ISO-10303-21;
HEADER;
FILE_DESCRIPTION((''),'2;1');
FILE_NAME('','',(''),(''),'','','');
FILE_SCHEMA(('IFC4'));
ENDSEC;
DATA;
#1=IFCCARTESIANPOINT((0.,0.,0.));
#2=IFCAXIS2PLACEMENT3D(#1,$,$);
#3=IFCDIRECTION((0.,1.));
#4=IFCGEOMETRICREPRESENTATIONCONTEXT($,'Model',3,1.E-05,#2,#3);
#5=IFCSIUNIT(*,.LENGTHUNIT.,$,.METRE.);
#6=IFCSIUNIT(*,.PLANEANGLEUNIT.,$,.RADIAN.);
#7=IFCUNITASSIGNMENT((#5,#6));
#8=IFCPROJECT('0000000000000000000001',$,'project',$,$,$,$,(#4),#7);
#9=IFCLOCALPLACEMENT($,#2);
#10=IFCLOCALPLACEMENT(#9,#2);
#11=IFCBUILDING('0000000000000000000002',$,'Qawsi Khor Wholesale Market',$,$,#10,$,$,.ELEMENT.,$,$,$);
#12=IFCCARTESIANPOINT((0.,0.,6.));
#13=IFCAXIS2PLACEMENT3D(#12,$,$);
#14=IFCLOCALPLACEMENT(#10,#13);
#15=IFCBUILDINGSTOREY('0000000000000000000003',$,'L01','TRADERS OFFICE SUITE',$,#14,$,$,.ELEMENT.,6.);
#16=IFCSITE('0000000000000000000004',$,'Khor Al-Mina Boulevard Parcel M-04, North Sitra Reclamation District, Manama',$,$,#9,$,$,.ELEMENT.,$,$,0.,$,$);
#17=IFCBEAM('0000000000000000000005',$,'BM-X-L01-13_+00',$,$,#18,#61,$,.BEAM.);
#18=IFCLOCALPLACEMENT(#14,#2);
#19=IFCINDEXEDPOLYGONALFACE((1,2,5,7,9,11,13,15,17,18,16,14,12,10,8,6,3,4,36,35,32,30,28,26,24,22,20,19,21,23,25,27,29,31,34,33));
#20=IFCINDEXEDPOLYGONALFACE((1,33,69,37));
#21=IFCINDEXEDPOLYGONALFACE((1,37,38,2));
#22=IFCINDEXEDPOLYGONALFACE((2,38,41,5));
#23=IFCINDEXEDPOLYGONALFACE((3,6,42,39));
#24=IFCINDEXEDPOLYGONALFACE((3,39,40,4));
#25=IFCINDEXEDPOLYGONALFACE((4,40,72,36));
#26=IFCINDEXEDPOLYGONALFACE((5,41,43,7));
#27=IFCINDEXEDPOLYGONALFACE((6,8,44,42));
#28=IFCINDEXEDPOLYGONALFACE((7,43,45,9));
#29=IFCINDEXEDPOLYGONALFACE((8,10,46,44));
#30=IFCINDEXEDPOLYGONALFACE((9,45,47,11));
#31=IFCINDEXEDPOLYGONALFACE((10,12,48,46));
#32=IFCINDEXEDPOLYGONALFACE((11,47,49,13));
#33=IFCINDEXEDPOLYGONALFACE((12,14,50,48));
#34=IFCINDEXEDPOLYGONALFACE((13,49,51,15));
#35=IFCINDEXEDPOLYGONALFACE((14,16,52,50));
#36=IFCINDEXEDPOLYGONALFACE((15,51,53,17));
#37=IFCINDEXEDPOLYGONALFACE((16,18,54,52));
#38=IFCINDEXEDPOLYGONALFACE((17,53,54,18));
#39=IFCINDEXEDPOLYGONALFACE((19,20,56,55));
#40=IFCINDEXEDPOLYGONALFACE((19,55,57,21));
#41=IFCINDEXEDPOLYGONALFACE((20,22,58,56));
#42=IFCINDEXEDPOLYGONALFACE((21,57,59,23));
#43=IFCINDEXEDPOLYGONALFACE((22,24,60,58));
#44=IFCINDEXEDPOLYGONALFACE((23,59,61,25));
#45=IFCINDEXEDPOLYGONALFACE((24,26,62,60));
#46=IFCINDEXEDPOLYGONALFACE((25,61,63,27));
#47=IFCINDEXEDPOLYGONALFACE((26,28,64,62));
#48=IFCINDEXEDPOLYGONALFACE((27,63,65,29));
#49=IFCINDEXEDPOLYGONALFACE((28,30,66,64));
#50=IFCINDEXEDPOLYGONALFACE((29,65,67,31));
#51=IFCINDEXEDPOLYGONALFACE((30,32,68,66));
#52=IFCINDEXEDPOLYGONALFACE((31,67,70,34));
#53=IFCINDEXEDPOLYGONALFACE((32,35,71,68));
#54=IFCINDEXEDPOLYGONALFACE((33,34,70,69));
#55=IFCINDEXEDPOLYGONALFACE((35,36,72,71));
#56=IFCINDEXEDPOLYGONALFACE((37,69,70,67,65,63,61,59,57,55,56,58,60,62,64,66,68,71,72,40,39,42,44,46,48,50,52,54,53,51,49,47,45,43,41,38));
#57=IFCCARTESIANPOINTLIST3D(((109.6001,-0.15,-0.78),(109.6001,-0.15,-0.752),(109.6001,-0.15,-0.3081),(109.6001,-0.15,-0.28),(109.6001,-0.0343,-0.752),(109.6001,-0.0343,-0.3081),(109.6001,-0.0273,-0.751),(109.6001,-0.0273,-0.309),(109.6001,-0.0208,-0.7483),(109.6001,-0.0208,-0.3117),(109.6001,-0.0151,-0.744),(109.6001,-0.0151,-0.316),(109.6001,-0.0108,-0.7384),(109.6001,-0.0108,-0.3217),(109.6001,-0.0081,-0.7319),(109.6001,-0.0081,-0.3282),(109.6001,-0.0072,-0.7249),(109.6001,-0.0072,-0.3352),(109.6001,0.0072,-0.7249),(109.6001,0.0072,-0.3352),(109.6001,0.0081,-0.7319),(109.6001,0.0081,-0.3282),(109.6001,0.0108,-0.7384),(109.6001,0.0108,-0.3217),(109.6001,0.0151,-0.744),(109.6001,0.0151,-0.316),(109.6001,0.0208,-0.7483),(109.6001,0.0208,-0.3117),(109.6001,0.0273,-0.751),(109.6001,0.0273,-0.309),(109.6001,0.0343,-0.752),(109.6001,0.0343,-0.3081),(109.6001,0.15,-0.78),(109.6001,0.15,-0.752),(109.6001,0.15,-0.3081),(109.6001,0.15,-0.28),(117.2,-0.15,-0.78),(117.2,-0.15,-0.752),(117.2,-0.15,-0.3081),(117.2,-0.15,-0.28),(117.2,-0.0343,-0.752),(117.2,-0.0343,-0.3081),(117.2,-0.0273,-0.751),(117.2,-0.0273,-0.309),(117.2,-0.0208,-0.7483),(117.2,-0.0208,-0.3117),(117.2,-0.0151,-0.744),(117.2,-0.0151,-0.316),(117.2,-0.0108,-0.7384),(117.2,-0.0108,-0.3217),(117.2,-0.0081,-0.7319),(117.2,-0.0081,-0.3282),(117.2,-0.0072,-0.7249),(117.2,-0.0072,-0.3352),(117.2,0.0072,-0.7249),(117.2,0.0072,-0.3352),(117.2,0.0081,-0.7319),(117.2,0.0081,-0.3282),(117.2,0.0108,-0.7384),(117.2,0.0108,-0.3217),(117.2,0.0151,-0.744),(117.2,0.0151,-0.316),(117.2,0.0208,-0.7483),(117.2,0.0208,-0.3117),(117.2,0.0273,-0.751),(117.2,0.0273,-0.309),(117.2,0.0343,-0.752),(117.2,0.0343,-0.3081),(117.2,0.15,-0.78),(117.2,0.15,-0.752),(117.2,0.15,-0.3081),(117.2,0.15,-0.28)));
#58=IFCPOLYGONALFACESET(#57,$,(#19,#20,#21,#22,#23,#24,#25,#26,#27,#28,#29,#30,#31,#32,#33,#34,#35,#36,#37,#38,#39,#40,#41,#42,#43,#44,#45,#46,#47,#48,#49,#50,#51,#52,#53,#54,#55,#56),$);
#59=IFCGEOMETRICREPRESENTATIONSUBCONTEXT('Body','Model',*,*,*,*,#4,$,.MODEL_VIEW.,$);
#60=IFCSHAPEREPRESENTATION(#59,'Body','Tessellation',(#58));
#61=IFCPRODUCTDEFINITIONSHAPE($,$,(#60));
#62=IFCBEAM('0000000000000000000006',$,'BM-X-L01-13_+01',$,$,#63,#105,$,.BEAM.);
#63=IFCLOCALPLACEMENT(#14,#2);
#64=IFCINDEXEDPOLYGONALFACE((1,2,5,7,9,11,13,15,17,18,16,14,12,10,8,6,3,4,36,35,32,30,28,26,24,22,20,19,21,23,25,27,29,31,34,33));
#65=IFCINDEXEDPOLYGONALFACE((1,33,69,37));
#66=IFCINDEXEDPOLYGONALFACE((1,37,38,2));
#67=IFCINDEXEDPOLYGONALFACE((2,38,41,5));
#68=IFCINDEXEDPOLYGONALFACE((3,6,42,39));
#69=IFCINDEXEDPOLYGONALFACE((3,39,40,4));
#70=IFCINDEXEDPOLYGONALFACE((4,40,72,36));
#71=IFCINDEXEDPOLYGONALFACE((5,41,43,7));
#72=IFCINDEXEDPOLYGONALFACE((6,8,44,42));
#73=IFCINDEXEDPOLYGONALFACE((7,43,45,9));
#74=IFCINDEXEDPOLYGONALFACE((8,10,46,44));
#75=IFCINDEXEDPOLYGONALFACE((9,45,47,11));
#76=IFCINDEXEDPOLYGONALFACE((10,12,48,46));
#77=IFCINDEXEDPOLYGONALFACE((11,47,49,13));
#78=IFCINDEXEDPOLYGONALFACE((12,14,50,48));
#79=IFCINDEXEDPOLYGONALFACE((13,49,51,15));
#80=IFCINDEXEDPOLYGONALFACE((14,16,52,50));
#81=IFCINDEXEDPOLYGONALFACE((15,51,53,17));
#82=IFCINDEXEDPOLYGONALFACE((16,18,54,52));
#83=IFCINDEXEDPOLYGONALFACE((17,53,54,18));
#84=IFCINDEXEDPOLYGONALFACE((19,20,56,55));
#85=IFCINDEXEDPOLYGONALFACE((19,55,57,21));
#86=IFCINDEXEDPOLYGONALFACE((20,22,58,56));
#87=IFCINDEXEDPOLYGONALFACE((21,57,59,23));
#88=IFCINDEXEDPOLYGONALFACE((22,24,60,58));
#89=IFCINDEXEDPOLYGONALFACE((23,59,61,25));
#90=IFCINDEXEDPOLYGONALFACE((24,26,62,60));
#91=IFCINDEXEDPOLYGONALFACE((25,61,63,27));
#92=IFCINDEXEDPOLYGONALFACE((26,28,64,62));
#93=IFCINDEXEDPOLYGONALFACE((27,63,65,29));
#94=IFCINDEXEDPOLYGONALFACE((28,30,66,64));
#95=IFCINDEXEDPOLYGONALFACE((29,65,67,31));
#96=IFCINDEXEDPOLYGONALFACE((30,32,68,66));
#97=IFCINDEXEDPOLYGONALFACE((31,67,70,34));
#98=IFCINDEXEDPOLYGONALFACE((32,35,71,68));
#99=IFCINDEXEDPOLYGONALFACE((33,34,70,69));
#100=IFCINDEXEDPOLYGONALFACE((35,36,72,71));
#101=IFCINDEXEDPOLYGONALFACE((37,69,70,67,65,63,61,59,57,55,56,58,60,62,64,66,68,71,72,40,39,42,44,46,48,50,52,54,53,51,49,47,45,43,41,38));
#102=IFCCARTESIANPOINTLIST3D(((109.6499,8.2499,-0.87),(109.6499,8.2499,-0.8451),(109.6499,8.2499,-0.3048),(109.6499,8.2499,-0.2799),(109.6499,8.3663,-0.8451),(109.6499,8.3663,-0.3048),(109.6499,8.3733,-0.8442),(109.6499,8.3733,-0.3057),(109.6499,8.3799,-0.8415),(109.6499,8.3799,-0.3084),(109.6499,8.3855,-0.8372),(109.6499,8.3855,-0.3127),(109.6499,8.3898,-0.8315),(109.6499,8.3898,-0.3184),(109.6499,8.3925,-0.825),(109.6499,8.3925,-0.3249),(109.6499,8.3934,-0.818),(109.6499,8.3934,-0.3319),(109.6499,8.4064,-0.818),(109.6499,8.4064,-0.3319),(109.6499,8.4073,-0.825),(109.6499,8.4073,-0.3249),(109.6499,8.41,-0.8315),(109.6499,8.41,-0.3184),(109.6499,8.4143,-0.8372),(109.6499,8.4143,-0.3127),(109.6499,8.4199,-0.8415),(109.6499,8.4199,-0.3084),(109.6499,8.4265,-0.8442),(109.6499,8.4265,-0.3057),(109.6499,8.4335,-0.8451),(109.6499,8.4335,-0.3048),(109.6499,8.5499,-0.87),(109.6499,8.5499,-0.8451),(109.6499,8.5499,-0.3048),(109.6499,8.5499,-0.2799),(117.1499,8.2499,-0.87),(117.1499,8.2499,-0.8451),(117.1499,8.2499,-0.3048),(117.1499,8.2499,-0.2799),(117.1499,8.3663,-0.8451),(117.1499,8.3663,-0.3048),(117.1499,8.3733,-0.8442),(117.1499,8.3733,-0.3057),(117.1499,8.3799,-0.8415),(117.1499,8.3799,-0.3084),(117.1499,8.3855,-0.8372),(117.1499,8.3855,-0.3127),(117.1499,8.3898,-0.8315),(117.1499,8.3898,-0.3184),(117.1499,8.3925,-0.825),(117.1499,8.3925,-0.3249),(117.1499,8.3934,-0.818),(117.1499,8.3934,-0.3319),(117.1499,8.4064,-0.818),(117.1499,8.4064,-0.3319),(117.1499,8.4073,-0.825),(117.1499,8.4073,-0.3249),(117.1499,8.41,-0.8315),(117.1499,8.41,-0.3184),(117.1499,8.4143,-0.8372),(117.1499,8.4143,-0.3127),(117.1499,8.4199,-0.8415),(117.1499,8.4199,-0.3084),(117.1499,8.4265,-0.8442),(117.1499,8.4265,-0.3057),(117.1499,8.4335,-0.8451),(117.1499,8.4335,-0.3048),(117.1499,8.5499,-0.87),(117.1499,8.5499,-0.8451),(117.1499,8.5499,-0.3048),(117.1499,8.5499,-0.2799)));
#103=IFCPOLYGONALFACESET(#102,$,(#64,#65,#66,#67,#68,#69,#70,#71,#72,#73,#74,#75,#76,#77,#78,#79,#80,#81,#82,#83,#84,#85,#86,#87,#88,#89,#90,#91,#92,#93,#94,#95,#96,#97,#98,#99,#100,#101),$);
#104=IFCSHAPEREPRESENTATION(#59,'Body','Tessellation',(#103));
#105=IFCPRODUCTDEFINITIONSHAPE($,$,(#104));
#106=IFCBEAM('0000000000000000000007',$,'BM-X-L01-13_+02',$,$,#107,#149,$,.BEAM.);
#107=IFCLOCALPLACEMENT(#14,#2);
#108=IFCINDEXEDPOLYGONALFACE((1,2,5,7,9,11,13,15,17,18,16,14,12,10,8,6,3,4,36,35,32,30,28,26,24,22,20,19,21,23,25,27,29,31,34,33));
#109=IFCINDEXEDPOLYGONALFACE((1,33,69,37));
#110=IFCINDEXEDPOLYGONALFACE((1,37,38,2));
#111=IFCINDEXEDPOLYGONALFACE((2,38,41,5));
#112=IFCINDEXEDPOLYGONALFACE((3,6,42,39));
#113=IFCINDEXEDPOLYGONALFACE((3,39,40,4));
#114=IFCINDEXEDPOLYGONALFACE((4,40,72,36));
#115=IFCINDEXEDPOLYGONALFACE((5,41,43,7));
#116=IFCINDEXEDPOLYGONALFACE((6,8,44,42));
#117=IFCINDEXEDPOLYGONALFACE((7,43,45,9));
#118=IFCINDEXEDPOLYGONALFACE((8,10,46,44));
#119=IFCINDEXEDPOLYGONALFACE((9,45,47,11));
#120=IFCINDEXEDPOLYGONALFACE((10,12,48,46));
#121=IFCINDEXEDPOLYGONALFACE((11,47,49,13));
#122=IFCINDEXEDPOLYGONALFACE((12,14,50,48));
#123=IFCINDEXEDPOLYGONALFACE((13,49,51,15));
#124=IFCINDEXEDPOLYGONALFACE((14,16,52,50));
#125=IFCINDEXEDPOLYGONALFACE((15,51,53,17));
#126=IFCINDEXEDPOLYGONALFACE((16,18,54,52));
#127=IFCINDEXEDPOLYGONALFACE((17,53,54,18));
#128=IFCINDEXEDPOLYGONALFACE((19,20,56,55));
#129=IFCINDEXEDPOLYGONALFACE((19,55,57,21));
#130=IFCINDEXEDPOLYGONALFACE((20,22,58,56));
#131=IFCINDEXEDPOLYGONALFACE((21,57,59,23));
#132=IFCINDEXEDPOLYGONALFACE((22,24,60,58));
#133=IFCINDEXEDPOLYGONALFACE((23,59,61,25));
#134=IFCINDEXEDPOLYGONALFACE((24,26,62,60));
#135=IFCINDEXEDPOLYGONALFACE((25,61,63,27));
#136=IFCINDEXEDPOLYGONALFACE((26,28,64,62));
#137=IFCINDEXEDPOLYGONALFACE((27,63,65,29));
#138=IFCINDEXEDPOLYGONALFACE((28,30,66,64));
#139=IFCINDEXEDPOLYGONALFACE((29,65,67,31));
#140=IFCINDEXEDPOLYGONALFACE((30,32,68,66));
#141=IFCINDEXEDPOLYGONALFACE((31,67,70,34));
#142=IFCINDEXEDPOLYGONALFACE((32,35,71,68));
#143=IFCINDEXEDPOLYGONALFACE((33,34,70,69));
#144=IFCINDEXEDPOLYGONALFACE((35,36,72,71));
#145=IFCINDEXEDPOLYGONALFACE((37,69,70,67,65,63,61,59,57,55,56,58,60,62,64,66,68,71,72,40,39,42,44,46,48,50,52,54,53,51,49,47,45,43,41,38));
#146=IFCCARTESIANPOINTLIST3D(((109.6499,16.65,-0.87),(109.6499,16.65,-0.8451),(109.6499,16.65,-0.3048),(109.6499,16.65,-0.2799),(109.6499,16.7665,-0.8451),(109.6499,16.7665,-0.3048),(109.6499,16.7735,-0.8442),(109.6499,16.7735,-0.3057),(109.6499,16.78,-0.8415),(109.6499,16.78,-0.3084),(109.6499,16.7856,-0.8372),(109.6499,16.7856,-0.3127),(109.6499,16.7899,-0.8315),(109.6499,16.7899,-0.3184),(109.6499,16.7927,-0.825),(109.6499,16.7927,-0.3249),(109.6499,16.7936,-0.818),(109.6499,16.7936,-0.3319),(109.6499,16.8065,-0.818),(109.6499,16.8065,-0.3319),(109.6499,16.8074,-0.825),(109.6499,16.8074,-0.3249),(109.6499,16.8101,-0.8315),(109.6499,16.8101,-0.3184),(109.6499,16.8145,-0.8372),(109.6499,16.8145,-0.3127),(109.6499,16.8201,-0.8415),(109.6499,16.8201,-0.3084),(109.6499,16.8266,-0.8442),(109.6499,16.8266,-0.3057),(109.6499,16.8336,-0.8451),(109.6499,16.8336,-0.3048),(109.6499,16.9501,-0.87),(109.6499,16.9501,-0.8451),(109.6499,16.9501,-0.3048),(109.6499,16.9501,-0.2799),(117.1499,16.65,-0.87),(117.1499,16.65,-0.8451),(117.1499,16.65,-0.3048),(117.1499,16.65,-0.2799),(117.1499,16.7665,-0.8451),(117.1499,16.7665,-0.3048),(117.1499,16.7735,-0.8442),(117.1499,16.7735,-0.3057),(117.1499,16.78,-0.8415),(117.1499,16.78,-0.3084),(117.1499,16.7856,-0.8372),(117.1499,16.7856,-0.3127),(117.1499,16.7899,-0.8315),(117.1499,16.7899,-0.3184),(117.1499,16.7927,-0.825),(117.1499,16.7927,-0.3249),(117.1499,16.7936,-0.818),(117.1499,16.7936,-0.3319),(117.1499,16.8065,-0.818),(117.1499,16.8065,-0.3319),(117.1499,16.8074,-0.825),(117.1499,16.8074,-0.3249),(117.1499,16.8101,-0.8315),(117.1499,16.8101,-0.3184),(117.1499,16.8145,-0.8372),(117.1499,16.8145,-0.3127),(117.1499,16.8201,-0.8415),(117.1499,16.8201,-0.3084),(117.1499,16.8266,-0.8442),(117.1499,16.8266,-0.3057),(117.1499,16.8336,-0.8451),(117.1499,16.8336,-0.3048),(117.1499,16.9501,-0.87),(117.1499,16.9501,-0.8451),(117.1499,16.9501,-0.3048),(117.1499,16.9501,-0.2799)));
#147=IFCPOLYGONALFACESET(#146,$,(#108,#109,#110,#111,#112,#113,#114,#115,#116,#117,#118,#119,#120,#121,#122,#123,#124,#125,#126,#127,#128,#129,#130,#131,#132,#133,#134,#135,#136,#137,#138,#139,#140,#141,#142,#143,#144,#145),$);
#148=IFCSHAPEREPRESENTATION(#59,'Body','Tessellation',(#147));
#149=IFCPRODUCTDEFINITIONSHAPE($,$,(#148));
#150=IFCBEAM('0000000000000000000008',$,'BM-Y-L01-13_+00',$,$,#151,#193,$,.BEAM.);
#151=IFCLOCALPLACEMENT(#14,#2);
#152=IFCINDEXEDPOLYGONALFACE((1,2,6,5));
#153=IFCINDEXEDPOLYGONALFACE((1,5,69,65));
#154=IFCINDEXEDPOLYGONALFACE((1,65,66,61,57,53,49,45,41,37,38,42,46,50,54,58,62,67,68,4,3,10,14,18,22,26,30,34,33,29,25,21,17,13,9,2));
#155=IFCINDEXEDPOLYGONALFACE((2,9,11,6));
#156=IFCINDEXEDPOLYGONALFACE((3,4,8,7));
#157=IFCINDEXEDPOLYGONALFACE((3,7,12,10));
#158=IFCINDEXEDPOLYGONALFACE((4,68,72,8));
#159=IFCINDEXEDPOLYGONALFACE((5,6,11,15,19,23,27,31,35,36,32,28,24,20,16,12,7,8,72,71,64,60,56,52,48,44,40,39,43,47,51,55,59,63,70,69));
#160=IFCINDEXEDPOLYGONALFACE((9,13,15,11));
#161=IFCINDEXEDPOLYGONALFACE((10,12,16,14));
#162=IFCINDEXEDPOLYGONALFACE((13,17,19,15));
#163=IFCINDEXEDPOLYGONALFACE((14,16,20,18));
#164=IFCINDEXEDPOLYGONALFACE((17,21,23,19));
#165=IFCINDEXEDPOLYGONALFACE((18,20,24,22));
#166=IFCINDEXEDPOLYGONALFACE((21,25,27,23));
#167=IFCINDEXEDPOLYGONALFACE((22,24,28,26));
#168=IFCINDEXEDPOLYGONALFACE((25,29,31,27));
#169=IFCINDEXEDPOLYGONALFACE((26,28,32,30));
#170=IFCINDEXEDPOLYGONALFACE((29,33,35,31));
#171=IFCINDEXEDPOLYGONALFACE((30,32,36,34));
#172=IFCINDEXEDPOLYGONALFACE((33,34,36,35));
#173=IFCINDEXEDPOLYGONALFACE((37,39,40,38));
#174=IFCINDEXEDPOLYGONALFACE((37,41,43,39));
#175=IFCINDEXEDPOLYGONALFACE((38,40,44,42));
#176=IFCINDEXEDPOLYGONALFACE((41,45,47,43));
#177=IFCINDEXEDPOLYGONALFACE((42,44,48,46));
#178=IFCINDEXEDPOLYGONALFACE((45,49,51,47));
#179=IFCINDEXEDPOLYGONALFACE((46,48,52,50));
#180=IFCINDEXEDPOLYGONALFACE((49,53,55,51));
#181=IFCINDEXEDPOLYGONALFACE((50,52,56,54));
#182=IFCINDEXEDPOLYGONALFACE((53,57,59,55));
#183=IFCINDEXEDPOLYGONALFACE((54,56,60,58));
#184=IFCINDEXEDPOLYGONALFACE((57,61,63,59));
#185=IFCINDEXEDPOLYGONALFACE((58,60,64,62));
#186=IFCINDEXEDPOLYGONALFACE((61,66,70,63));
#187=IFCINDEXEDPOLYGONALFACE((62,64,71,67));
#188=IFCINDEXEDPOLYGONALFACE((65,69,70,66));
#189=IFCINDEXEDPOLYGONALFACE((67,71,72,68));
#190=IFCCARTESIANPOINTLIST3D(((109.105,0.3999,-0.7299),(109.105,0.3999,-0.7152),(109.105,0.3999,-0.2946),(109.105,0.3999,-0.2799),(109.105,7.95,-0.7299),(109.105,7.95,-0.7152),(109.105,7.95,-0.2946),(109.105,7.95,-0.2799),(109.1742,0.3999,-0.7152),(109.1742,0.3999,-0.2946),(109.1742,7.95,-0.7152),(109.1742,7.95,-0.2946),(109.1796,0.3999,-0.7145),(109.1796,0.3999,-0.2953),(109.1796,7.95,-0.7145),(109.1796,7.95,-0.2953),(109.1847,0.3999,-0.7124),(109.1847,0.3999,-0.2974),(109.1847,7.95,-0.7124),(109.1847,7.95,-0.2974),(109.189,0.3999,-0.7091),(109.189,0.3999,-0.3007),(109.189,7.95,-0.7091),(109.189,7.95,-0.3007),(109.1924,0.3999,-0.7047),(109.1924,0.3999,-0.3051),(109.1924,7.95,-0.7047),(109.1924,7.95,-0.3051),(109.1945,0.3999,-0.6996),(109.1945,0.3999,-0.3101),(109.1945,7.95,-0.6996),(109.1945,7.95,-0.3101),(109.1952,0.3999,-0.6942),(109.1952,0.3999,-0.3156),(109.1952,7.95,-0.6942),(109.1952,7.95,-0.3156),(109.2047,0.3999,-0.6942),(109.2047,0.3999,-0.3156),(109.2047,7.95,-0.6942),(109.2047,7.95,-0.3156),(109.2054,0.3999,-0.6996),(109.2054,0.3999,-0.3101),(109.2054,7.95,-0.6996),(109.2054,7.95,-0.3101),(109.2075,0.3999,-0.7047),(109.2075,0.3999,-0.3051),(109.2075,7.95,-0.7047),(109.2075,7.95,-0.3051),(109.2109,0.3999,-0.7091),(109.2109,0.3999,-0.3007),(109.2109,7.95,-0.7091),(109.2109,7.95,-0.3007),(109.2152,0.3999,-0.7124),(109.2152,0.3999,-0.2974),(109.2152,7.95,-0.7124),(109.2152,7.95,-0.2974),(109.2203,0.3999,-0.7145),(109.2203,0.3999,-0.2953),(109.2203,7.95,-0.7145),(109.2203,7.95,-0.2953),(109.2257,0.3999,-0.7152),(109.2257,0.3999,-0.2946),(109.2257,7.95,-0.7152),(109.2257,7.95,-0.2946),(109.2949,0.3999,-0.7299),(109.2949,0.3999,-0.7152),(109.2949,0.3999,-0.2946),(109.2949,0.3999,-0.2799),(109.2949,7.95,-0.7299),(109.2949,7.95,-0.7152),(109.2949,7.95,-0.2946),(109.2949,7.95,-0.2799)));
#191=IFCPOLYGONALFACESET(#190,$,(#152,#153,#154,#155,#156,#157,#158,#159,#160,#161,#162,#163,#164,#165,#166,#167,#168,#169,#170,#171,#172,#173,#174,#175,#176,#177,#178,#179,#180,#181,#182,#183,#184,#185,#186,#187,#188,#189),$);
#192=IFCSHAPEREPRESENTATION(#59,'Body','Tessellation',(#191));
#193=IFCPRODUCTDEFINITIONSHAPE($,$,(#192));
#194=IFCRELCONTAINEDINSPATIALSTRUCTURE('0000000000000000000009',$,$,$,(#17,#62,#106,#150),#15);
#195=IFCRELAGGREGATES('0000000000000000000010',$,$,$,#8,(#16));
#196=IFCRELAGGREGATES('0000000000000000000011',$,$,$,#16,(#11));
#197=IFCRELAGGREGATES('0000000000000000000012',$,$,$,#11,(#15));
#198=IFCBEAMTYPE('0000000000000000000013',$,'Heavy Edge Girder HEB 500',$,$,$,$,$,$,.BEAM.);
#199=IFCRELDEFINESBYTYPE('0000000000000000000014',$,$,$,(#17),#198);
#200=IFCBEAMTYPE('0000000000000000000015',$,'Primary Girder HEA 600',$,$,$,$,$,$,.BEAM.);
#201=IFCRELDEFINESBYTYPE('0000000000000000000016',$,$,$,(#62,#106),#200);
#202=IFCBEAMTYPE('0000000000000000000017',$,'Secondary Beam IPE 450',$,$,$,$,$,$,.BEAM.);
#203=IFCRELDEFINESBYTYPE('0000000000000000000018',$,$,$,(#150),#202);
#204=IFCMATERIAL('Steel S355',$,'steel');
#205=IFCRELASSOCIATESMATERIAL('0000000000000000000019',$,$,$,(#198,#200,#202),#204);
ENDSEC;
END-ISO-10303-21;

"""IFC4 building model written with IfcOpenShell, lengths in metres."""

from ifc_helpers import new_model, si_unit, direction, frame, origin, origin_2d, place, context, subcontext, project, spatial, i_section, extrude, material, material_profile, profile_set, type_object, element, save


model = new_model("IFC4")

# Units and contexts
model_context = context("Model", 3, precision=1e-05, world=origin(), true_north=direction((0.0, 1.0)))
body_context = subcontext(model_context, "Body", "Model", "MODEL_VIEW")
ifc_project = project(units=[si_unit("LENGTHUNIT", "METRE"), si_unit("PLANEANGLEUNIT", "RADIAN")], contexts=[model_context])

# Site, building, storey
site_placement = place(None, origin())
site = spatial("IfcSite", under=ifc_project, at=site_placement, Name="Khor Al-Mina Boulevard Parcel M-04, North Sitra Reclamation District, Manama", CompositionType="ELEMENT", RefElevation=0.0)
building_placement = place(site_placement, origin())
building = spatial("IfcBuilding", under=site, at=building_placement, Name="Qawsi Khor Wholesale Market", CompositionType="ELEMENT")
storey_placement = place(building_placement, frame((0.0, 0.0, 6.0)))
storey = spatial("IfcBuildingStorey", under=building, at=storey_placement, Name="L01", Description="TRADERS OFFICE SUITE", CompositionType="ELEMENT", Elevation=6.0)

# Beams
ifc_material_1 = material(Name="Steel S355", Category="steel")
ifc_material_profile_1 = material_profile(ifc_material_1, i_section(OverallWidth=0.3, OverallDepth=0.5, WebThickness=0.0144, FlangeThickness=0.0281, FilletRadius=0.0271, at=origin_2d()), Name="HEB 500")
ifc_profile_set_1 = profile_set([ifc_material_profile_1], Name="Steel S355")
beam_type_1 = type_object("IfcBeamType", Name="Heavy Edge Girder HEB 500", PredefinedType="BEAM", material=ifc_profile_set_1)
beam_1_placement = place(storey_placement, frame((109.6001, 0.0, -0.53), z_axis=(1.0, 0.0, 0.0), x_axis=(0.0, 1.0, 0.0)))
element("IfcBeam", 1, at=beam_1_placement, inside=storey, type_object=beam_type_1, Name="BM-X-L01-13_+00", PredefinedType="BEAM", context=body_context, shape_type="SweptSolid", body=[
    extrude(i_section(OverallWidth=0.3, OverallDepth=0.5, WebThickness=0.0144, FlangeThickness=0.0281, FilletRadius=0.0271, at=origin_2d()), origin(), (0.0, 0.0, 1.0), 7.5999),
])
ifc_material_profile_2 = material_profile(ifc_material_1, i_section(OverallWidth=0.3, OverallDepth=0.5901, WebThickness=0.0129, FlangeThickness=0.0249, FilletRadius=0.0271, at=origin_2d()), Name="HEA 600")
ifc_profile_set_2 = profile_set([ifc_material_profile_2], Name="Steel S355")
beam_type_2 = type_object("IfcBeamType", Name="Primary Girder HEA 600", PredefinedType="BEAM", material=ifc_profile_set_2)
for number, where, z_axis, x_axis, name in (
    (2, (109.6499, 8.3999, -0.575), (1.0, 0.0, 0.0), (0.0, 1.0, 0.0), "BM-X-L01-13_+01"),
    (3, (109.6499, 16.8, -0.575), (1.0, 0.0, 0.0), (0.0, 1.0, 0.0), "BM-X-L01-13_+02"),
):
    element("IfcBeam", number, at=place(storey_placement, frame(where, z_axis=z_axis, x_axis=x_axis)), inside=storey, type_object=beam_type_2, Name=name, PredefinedType="BEAM", context=body_context, shape_type="SweptSolid", body=[
        extrude(i_section(OverallWidth=0.3, OverallDepth=0.5901, WebThickness=0.0129, FlangeThickness=0.0249, FilletRadius=0.0271, at=origin_2d()), origin(), (0.0, 0.0, 1.0), 7.5),
    ])
ifc_material_profile_3 = material_profile(ifc_material_1, i_section(OverallWidth=0.1899, OverallDepth=0.45, WebThickness=0.0095, FlangeThickness=0.0146, FilletRadius=0.021, at=origin_2d()), Name="IPE 450")
ifc_profile_set_3 = profile_set([ifc_material_profile_3], Name="Steel S355")
beam_type_3 = type_object("IfcBeamType", Name="Secondary Beam IPE 450", PredefinedType="BEAM", material=ifc_profile_set_3)
beam_2_placement = place(storey_placement, frame((109.2, 0.3999, -0.5049), z_axis=(0.0, 1.0, 0.0), x_axis=(-1.0, 0.0, 0.0)))
element("IfcBeam", 4, at=beam_2_placement, inside=storey, type_object=beam_type_3, Name="BM-Y-L01-13_+00", PredefinedType="BEAM", context=body_context, shape_type="SweptSolid", body=[
    extrude(i_section(OverallWidth=0.1899, OverallDepth=0.45, WebThickness=0.0095, FlangeThickness=0.0146, FilletRadius=0.021, at=origin_2d()), origin(), (0.0, 0.0, 1.0), 7.55),
])

save(model, "model.ifc")
